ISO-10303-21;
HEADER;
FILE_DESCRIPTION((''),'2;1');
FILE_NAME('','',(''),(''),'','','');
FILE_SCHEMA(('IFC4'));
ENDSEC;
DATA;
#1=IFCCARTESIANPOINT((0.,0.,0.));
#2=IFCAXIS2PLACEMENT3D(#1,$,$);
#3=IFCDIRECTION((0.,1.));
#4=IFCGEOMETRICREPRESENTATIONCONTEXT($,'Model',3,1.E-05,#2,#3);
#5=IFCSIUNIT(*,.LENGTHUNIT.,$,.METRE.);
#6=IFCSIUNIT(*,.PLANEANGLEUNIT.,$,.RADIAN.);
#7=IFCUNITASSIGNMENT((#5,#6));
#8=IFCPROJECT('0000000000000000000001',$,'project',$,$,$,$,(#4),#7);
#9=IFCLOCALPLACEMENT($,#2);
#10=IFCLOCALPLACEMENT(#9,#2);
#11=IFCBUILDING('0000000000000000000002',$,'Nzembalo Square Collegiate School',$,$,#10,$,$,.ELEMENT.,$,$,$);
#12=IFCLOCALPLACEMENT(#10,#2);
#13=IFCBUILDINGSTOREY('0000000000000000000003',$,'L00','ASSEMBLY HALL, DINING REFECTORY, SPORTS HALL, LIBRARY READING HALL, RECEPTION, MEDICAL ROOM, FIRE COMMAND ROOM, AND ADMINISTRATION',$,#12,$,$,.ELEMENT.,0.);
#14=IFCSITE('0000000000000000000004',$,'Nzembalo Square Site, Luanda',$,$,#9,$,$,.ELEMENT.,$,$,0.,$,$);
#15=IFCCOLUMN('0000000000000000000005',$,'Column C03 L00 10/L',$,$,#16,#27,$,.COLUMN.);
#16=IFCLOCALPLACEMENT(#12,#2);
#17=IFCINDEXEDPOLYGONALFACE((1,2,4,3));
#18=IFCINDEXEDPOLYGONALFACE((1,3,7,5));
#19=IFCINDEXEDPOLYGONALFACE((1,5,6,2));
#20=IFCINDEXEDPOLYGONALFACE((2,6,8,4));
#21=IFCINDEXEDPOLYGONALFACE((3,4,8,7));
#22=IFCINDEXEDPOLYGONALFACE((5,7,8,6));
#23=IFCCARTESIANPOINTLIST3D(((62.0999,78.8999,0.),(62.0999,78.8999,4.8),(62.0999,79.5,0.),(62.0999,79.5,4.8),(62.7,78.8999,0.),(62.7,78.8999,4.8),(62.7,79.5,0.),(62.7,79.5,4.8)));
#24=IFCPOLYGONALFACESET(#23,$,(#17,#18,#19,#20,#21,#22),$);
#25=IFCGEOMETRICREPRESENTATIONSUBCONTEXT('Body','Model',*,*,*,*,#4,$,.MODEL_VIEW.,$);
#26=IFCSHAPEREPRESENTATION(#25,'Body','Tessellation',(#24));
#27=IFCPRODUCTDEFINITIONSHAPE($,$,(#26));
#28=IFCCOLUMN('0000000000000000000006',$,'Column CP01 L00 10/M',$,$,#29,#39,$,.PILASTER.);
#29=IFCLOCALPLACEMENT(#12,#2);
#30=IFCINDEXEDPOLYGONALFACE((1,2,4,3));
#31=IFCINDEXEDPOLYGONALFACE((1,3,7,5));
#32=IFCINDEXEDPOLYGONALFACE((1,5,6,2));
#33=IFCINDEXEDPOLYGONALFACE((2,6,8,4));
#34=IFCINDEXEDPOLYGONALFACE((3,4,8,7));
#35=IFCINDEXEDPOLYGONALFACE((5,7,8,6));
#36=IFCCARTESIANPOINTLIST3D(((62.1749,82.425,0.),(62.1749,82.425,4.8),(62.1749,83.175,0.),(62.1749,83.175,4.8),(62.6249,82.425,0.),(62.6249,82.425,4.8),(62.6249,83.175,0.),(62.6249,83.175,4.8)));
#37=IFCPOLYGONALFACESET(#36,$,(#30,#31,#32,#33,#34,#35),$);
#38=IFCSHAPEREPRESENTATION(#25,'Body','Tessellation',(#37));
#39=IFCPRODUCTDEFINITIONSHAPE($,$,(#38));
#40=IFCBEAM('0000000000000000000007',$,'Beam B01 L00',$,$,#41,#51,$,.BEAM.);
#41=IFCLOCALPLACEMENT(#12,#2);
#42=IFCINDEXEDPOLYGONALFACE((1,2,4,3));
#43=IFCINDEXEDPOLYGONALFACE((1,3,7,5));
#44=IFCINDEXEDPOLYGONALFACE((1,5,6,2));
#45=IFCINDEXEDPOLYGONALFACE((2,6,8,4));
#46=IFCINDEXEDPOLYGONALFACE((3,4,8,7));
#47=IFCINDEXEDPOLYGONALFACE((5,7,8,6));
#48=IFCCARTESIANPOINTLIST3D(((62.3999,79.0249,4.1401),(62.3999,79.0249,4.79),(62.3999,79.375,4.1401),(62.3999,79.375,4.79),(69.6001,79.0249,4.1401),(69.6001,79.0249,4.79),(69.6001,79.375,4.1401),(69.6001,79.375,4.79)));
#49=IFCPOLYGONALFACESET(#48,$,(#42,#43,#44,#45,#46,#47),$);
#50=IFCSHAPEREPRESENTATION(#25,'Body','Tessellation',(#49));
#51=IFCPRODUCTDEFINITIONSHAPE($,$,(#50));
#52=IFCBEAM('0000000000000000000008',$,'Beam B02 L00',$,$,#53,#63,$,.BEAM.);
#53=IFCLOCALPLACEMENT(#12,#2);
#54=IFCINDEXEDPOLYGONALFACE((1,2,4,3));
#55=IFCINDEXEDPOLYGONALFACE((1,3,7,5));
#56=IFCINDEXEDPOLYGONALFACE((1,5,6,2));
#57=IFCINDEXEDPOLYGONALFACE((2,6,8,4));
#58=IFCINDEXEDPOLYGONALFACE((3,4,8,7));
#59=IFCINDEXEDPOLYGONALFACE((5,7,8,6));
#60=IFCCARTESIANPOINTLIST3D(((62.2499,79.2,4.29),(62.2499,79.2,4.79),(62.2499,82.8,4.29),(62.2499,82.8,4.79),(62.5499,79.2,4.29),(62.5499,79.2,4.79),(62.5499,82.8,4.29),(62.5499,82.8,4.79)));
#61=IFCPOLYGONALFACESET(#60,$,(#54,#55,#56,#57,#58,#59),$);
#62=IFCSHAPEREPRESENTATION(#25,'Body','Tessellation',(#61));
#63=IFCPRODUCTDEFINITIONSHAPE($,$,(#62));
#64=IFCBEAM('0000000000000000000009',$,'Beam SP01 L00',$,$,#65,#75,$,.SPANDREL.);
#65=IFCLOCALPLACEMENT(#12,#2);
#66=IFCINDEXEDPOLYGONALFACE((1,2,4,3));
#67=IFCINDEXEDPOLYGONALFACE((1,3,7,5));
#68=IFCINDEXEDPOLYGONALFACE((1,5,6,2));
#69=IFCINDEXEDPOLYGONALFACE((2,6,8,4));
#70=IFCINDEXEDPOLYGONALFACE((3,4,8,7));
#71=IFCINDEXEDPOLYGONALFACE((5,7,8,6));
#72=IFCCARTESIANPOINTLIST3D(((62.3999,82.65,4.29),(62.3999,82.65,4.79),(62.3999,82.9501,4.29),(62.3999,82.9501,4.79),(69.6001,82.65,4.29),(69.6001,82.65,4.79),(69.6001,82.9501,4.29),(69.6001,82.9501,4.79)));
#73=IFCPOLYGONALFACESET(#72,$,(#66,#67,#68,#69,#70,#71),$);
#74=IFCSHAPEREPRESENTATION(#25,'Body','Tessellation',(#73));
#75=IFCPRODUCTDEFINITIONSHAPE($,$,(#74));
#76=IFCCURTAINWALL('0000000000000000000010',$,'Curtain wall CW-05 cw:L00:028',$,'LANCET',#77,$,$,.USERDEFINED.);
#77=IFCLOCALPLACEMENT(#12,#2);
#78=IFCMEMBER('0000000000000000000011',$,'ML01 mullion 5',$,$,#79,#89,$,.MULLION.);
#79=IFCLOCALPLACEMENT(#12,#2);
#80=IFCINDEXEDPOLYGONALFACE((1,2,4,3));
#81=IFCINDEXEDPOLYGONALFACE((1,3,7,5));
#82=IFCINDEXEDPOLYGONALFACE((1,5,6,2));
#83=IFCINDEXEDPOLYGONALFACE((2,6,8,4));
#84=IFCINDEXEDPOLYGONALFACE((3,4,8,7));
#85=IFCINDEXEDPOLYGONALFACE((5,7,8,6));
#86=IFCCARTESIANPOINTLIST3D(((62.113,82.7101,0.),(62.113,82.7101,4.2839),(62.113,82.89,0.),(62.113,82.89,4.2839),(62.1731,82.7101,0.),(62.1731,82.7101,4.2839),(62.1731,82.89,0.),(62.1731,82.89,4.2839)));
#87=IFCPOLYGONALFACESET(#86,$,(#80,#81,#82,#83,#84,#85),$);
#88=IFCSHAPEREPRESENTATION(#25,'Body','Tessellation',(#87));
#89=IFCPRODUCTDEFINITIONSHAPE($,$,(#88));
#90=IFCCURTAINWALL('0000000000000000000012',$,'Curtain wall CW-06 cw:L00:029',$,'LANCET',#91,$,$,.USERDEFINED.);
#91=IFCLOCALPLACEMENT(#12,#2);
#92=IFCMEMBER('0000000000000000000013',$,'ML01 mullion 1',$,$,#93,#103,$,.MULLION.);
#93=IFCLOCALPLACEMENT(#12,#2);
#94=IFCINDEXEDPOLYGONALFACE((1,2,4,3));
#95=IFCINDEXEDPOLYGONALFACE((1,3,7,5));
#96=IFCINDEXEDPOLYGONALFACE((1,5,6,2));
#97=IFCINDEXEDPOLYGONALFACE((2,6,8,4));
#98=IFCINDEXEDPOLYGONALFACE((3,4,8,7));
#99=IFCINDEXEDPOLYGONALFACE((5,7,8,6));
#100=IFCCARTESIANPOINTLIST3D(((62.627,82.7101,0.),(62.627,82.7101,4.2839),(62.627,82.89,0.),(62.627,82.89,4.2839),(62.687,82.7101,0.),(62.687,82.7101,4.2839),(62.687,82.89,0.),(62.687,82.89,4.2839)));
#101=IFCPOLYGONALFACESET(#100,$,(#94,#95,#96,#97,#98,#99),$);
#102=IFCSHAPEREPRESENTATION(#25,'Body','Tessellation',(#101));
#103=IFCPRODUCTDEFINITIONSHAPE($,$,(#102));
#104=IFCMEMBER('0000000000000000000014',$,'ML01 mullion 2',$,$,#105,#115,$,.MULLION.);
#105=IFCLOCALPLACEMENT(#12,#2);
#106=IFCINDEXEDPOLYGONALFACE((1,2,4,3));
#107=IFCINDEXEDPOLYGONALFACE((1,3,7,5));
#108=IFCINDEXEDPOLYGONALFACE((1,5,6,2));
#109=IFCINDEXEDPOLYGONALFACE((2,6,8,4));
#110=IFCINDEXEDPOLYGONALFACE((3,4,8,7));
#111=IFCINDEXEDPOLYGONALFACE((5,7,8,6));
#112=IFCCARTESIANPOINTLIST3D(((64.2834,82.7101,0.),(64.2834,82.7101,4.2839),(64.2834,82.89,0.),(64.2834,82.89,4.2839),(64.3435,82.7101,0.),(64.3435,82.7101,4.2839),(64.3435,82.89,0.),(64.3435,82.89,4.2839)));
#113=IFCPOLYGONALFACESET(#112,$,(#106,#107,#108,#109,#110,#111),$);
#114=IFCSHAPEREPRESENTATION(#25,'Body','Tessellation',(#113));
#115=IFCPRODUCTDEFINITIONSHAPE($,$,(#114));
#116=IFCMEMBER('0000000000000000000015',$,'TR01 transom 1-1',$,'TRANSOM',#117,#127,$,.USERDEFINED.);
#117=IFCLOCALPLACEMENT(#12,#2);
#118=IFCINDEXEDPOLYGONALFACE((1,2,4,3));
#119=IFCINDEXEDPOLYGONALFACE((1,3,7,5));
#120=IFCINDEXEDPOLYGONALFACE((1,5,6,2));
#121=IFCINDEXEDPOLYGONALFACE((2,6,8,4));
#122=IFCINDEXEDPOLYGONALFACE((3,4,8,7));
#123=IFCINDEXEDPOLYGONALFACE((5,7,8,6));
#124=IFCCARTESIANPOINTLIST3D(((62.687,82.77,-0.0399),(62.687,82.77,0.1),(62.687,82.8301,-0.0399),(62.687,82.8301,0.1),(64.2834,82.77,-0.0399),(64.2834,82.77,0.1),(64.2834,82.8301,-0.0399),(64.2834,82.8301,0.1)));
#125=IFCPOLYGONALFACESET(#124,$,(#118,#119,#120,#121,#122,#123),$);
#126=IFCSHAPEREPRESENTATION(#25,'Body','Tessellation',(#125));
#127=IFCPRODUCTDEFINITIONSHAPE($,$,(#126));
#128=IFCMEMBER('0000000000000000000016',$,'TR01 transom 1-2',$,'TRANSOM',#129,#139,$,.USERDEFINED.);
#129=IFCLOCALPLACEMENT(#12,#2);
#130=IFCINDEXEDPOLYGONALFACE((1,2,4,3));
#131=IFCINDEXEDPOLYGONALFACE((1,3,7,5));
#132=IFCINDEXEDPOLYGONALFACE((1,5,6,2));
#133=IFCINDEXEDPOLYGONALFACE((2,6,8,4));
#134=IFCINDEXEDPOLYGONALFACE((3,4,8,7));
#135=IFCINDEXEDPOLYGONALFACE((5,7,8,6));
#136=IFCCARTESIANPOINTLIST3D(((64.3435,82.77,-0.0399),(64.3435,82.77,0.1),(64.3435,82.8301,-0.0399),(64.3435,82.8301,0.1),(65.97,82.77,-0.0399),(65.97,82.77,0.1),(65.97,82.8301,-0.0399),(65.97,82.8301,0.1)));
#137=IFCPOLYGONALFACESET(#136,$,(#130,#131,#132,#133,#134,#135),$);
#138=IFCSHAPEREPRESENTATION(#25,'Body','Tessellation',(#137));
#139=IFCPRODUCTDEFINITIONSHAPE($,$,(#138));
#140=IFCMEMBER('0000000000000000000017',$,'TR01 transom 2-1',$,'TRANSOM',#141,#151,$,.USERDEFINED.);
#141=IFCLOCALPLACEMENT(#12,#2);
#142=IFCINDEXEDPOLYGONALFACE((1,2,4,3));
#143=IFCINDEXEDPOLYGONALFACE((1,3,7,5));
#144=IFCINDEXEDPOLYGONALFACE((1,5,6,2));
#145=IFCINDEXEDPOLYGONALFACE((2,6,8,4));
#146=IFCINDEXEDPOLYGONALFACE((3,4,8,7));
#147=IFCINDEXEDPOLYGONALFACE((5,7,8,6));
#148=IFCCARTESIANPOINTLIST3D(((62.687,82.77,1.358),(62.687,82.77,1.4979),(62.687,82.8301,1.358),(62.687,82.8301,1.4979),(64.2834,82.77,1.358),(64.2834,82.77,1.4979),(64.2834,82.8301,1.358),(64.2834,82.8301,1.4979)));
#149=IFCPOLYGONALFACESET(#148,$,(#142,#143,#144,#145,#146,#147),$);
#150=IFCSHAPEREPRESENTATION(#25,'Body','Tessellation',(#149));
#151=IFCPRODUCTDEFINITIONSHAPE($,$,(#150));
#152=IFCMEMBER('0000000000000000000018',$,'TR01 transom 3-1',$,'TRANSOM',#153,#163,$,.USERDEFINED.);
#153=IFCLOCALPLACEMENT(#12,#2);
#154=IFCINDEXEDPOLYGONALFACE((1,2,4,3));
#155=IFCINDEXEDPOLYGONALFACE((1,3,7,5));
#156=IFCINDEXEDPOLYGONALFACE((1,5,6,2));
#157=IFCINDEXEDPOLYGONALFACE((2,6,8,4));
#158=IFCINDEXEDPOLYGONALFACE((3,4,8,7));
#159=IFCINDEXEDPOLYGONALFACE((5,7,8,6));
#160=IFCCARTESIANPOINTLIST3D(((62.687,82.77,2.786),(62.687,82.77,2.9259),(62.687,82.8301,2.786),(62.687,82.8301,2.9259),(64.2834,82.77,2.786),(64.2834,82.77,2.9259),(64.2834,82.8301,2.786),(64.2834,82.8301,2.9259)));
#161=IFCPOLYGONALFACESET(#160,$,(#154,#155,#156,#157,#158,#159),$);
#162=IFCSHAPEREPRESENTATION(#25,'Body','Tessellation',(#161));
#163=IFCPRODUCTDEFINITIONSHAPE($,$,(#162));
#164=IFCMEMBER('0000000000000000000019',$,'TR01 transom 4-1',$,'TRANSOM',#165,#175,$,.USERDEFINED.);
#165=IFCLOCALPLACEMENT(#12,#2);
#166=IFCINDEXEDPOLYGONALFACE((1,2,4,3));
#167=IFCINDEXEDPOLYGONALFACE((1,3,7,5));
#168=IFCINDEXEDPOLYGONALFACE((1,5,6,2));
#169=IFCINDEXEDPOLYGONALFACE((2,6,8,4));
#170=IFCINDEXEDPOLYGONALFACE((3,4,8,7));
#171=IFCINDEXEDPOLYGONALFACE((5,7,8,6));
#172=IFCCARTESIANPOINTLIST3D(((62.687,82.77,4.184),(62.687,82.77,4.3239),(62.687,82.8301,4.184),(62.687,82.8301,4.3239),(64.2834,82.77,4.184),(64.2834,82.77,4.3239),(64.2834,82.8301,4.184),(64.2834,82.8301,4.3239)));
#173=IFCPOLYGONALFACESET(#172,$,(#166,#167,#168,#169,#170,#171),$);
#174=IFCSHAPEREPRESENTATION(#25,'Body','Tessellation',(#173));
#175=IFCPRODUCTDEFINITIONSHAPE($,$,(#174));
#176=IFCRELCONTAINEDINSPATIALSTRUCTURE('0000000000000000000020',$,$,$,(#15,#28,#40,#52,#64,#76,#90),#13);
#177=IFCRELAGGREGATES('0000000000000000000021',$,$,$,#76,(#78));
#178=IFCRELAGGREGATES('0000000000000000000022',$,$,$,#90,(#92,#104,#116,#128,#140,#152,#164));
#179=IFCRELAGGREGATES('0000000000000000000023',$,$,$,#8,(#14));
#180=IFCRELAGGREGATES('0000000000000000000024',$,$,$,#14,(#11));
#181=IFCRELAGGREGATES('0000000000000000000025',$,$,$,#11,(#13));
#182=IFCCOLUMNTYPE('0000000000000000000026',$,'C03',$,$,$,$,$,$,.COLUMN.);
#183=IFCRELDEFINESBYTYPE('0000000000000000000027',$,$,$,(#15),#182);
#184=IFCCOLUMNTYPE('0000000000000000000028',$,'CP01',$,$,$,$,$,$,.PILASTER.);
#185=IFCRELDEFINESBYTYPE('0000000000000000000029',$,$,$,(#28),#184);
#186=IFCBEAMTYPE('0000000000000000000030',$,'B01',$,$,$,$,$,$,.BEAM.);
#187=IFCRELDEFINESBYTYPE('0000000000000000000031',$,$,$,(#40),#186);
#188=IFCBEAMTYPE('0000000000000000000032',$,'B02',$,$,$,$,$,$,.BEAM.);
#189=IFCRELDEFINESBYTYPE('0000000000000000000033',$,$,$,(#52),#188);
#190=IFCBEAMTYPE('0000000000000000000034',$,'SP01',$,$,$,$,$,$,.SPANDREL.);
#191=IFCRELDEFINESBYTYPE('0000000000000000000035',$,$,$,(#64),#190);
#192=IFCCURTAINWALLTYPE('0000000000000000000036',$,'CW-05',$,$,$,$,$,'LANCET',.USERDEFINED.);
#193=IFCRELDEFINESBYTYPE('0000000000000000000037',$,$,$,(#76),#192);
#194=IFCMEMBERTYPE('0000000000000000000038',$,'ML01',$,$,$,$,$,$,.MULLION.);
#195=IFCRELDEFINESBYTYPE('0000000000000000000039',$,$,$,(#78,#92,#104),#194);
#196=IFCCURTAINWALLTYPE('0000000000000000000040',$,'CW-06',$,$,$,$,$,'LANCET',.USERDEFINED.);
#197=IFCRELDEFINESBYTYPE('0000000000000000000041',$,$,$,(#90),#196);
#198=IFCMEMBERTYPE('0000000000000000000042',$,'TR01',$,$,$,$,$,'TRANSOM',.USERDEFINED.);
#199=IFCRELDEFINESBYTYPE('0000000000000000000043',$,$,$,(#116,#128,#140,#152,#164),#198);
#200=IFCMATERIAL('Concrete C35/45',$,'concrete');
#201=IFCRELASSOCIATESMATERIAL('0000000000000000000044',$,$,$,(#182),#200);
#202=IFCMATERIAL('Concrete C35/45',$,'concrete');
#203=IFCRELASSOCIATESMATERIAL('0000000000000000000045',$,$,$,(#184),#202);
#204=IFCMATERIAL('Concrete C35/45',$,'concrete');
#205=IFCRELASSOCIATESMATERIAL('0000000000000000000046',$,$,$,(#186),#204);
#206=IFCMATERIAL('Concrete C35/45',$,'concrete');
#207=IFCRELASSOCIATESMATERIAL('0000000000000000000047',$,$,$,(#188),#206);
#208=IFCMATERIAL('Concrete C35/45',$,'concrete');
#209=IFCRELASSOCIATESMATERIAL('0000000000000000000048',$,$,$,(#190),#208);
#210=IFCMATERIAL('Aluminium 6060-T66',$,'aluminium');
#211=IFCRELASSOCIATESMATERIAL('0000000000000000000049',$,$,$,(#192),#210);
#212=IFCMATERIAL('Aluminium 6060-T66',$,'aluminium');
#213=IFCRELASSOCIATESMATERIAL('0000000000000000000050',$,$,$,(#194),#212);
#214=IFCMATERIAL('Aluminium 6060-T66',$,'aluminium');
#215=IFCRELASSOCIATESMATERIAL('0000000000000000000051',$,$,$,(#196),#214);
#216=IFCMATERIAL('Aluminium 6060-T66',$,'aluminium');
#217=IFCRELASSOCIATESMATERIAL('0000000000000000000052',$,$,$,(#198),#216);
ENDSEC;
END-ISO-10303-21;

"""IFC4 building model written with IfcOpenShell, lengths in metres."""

from ifc_helpers import new_model, si_unit, direction, frame, origin, origin_2d, place, context, subcontext, project, spatial, rectangle, extrude, material, material_profile, profile_set, type_object, element, aggregate, save


model = new_model("IFC4")

# Units and contexts
model_context = context("Model", 3, precision=1e-05, world=origin(), true_north=direction((0.0, 1.0)))
body_context = subcontext(model_context, "Body", "Model", "MODEL_VIEW")
ifc_project = project(units=[si_unit("LENGTHUNIT", "METRE"), si_unit("PLANEANGLEUNIT", "RADIAN")], contexts=[model_context])

# Site, building, storey
site_placement = place(None, origin())
site = spatial("IfcSite", under=ifc_project, at=site_placement, Name="Nzembalo Square Site, Luanda", CompositionType="ELEMENT", RefElevation=0.0)
building_placement = place(site_placement, origin())
building = spatial("IfcBuilding", under=site, at=building_placement, Name="Nzembalo Square Collegiate School", CompositionType="ELEMENT")
storey_placement = place(building_placement, origin())
storey = spatial("IfcBuildingStorey", under=building, at=storey_placement, Name="L00", Description="ASSEMBLY HALL, DINING REFECTORY, SPORTS HALL, LIBRARY READING HALL, RECEPTION, MEDICAL ROOM, FIRE COMMAND ROOM, AND ADMINISTRATION", CompositionType="ELEMENT", Elevation=0.0)

# Columns
ifc_material_1 = material(Name="Concrete C35/45", Category="concrete")
ifc_material_profile_1 = material_profile(ifc_material_1, rectangle(XDim=0.6001, YDim=0.6001, at=origin_2d()), Name="RC 600x600")
ifc_profile_set_1 = profile_set([ifc_material_profile_1], Name="Concrete C35/45")
column_type_1 = type_object("IfcColumnType", Name="C03", PredefinedType="COLUMN", material=ifc_profile_set_1)
column_1_placement = place(storey_placement, frame((62.3999, 79.2, 0.0), z_axis=(0.0, 0.0, 1.0), x_axis=(1.0, 0.0, 0.0)))
element("IfcColumn", 1, at=column_1_placement, inside=storey, type_object=column_type_1, Name="Column C03 L00 10/L", PredefinedType="COLUMN", context=body_context, shape_type="SweptSolid", body=[
    extrude(rectangle(XDim=0.6001, YDim=0.6001, at=origin_2d()), origin(), (0.0, 0.0, 1.0), 4.8),
])
ifc_material_2 = material(Name="Concrete C35/45", Category="concrete")
ifc_material_profile_2 = material_profile(ifc_material_2, rectangle(XDim=0.45, YDim=0.75, at=origin_2d()), Name="RC 450x750")
ifc_profile_set_2 = profile_set([ifc_material_profile_2], Name="Concrete C35/45")
column_type_2 = type_object("IfcColumnType", Name="CP01", PredefinedType="PILASTER", material=ifc_profile_set_2)
column_2_placement = place(storey_placement, frame((62.3999, 82.8, 0.0), z_axis=(0.0, 0.0, 1.0), x_axis=(1.0, 0.0, 0.0)))
element("IfcColumn", 2, at=column_2_placement, inside=storey, type_object=column_type_2, Name="Column CP01 L00 10/M", PredefinedType="PILASTER", context=body_context, shape_type="SweptSolid", body=[
    extrude(rectangle(XDim=0.45, YDim=0.75, at=origin_2d()), origin(), (0.0, 0.0, 1.0), 4.8),
])

# Beams
ifc_material_3 = material(Name="Concrete C35/45", Category="concrete")
ifc_material_profile_3 = material_profile(ifc_material_3, rectangle(XDim=0.3501, YDim=0.6499, at=origin_2d()), Name="RC 350x650")
ifc_profile_set_3 = profile_set([ifc_material_profile_3], Name="Concrete C35/45")
beam_type_1 = type_object("IfcBeamType", Name="B01", PredefinedType="BEAM", material=ifc_profile_set_3)
beam_1_placement = place(storey_placement, frame((62.3999, 79.2, 4.4651), z_axis=(1.0, 0.0, 0.0), x_axis=(0.0, 1.0, 0.0)))
element("IfcBeam", 3, at=beam_1_placement, inside=storey, type_object=beam_type_1, Name="Beam B01 L00", PredefinedType="BEAM", context=body_context, shape_type="SweptSolid", body=[
    extrude(rectangle(XDim=0.3501, YDim=0.6499, at=origin_2d()), origin(), (0.0, 0.0, 1.0), 7.2002),
])
ifc_material_4 = material(Name="Concrete C35/45", Category="concrete")
ifc_material_profile_4 = material_profile(ifc_material_4, rectangle(XDim=0.3, YDim=0.5, at=origin_2d()), Name="RC 300x500")
ifc_profile_set_4 = profile_set([ifc_material_profile_4], Name="Concrete C35/45")
beam_type_2 = type_object("IfcBeamType", Name="B02", PredefinedType="BEAM", material=ifc_profile_set_4)
beam_2_placement = place(storey_placement, frame((62.3999, 79.2, 4.54), z_axis=(0.0, 1.0, 0.0), x_axis=(-1.0, 0.0, 0.0)))
element("IfcBeam", 4, at=beam_2_placement, inside=storey, type_object=beam_type_2, Name="Beam B02 L00", PredefinedType="BEAM", context=body_context, shape_type="SweptSolid", body=[
    extrude(rectangle(XDim=0.3, YDim=0.5, at=origin_2d()), origin(), (0.0, 0.0, 1.0), 3.6001),
])
ifc_material_5 = material(Name="Concrete C35/45", Category="concrete")
ifc_material_profile_5 = material_profile(ifc_material_5, rectangle(XDim=0.3, YDim=0.5, at=origin_2d()), Name="RC 300x500")
ifc_profile_set_5 = profile_set([ifc_material_profile_5], Name="Concrete C35/45")
beam_type_3 = type_object("IfcBeamType", Name="SP01", PredefinedType="SPANDREL", material=ifc_profile_set_5)
beam_3_placement = place(storey_placement, frame((62.3999, 82.8, 4.54), z_axis=(1.0, 0.0, 0.0), x_axis=(0.0, 1.0, 0.0)))
element("IfcBeam", 5, at=beam_3_placement, inside=storey, type_object=beam_type_3, Name="Beam SP01 L00", PredefinedType="SPANDREL", context=body_context, shape_type="SweptSolid", body=[
    extrude(rectangle(XDim=0.3, YDim=0.5, at=origin_2d()), origin(), (0.0, 0.0, 1.0), 7.2002),
])

# Curtain wall, member
ifc_material_6 = material(Name="Aluminium 6060-T66", Category="aluminium")
curtain_wall_type_1 = type_object("IfcCurtainWallType", Name="CW-05", ElementType="LANCET", PredefinedType="USERDEFINED", material=ifc_material_6)
curtain_wall_1_placement = place(storey_placement, origin())
curtain_wall_1 = element("IfcCurtainWall", 6, at=curtain_wall_1_placement, inside=storey, type_object=curtain_wall_type_1, Name="Curtain wall CW-05 cw:L00:028", ObjectType="LANCET", PredefinedType="USERDEFINED")
ifc_material_7 = material(Name="Aluminium 6060-T66", Category="aluminium")
ifc_material_profile_6 = material_profile(ifc_material_7, rectangle(XDim=0.0601, YDim=0.1799, at=origin_2d()), Name="ALU M60x180")
ifc_profile_set_6 = profile_set([ifc_material_profile_6], Name="Aluminium 6060-T66")
member_type_1 = type_object("IfcMemberType", Name="ML01", PredefinedType="MULLION", material=ifc_profile_set_6)
member_1_placement = place(storey_placement, frame((62.1431, 82.8, 0.0), z_axis=(0.0, 0.0, 1.0), x_axis=(1.0, 0.0, 0.0)))
member_1 = element("IfcMember", 7, at=member_1_placement, type_object=member_type_1, Name="ML01 mullion 5", PredefinedType="MULLION", context=body_context, shape_type="SweptSolid", body=[
    extrude(rectangle(XDim=0.0601, YDim=0.1799, at=origin_2d()), origin(), (0.0, 0.0, 1.0), 4.2839),
])

# Curtain wall, members
ifc_material_8 = material(Name="Aluminium 6060-T66", Category="aluminium")
curtain_wall_type_2 = type_object("IfcCurtainWallType", Name="CW-06", ElementType="LANCET", PredefinedType="USERDEFINED", material=ifc_material_8)
curtain_wall_2_placement = place(storey_placement, origin())
curtain_wall_2 = element("IfcCurtainWall", 8, at=curtain_wall_2_placement, inside=storey, type_object=curtain_wall_type_2, Name="Curtain wall CW-06 cw:L00:029", ObjectType="LANCET", PredefinedType="USERDEFINED")
member_2_placement = place(storey_placement, frame((62.657, 82.8, 0.0), z_axis=(0.0, 0.0, 1.0), x_axis=(1.0, 0.0, 0.0)))
member_2 = element("IfcMember", 9, at=member_2_placement, type_object=member_type_1, Name="ML01 mullion 1", PredefinedType="MULLION", context=body_context, shape_type="SweptSolid", body=[
    extrude(rectangle(XDim=0.0601, YDim=0.1799, at=origin_2d()), origin(), (0.0, 0.0, 1.0), 4.2839),
])
member_3_placement = place(storey_placement, frame((64.3135, 82.8, 0.0), z_axis=(0.0, 0.0, 1.0), x_axis=(1.0, 0.0, 0.0)))
member_3 = element("IfcMember", 10, at=member_3_placement, type_object=member_type_1, Name="ML01 mullion 2", PredefinedType="MULLION", context=body_context, shape_type="SweptSolid", body=[
    extrude(rectangle(XDim=0.0601, YDim=0.1799, at=origin_2d()), origin(), (0.0, 0.0, 1.0), 4.2839),
])
ifc_material_9 = material(Name="Aluminium 6060-T66", Category="aluminium")
ifc_material_profile_7 = material_profile(ifc_material_9, rectangle(XDim=0.0601, YDim=0.1399, at=origin_2d()), Name="ALU T60x140")
ifc_profile_set_7 = profile_set([ifc_material_profile_7], Name="Aluminium 6060-T66")
member_type_2 = type_object("IfcMemberType", Name="TR01", ElementType="TRANSOM", PredefinedType="USERDEFINED", material=ifc_profile_set_7)
member_4_placement = place(storey_placement, frame((62.687, 82.8, 0.03), z_axis=(1.0, 0.0, 0.0), x_axis=(0.0, 1.0, 0.0)))
member_4 = element("IfcMember", 11, at=member_4_placement, type_object=member_type_2, Name="TR01 transom 1-1", ObjectType="TRANSOM", PredefinedType="USERDEFINED", context=body_context, shape_type="SweptSolid", body=[
    extrude(rectangle(XDim=0.0601, YDim=0.1399, at=origin_2d()), origin(), (0.0, 0.0, 1.0), 1.5964),
])
member_5_placement = place(storey_placement, frame((64.3435, 82.8, 0.03), z_axis=(1.0, 0.0, 0.0), x_axis=(0.0, 1.0, 0.0)))
member_5 = element("IfcMember", 12, at=member_5_placement, type_object=member_type_2, Name="TR01 transom 1-2", ObjectType="TRANSOM", PredefinedType="USERDEFINED", context=body_context, shape_type="SweptSolid", body=[
    extrude(rectangle(XDim=0.0601, YDim=0.1399, at=origin_2d()), origin(), (0.0, 0.0, 1.0), 1.6265),
])
member_6_placement = place(storey_placement, frame((62.687, 82.8, 1.428), z_axis=(1.0, 0.0, 0.0), x_axis=(0.0, 1.0, 0.0)))
member_6 = element("IfcMember", 13, at=member_6_placement, type_object=member_type_2, Name="TR01 transom 2-1", ObjectType="TRANSOM", PredefinedType="USERDEFINED", context=body_context, shape_type="SweptSolid", body=[
    extrude(rectangle(XDim=0.0601, YDim=0.1399, at=origin_2d()), origin(), (0.0, 0.0, 1.0), 1.5964),
])
member_7_placement = place(storey_placement, frame((62.687, 82.8, 2.856), z_axis=(1.0, 0.0, 0.0), x_axis=(0.0, 1.0, 0.0)))
member_7 = element("IfcMember", 14, at=member_7_placement, type_object=member_type_2, Name="TR01 transom 3-1", ObjectType="TRANSOM", PredefinedType="USERDEFINED", context=body_context, shape_type="SweptSolid", body=[
    extrude(rectangle(XDim=0.0601, YDim=0.1399, at=origin_2d()), origin(), (0.0, 0.0, 1.0), 1.5964),
])
member_8_placement = place(storey_placement, frame((62.687, 82.8, 4.2539), z_axis=(1.0, 0.0, 0.0), x_axis=(0.0, 1.0, 0.0)))
member_8 = element("IfcMember", 15, at=member_8_placement, type_object=member_type_2, Name="TR01 transom 4-1", ObjectType="TRANSOM", PredefinedType="USERDEFINED", context=body_context, shape_type="SweptSolid", body=[
    extrude(rectangle(XDim=0.0601, YDim=0.1399, at=origin_2d()), origin(), (0.0, 0.0, 1.0), 1.5964),
])

aggregate(curtain_wall_1, [member_1])
aggregate(curtain_wall_2, [member_2, member_3, member_4, member_5, member_6, member_7, member_8])

save(model, "model.ifc")
